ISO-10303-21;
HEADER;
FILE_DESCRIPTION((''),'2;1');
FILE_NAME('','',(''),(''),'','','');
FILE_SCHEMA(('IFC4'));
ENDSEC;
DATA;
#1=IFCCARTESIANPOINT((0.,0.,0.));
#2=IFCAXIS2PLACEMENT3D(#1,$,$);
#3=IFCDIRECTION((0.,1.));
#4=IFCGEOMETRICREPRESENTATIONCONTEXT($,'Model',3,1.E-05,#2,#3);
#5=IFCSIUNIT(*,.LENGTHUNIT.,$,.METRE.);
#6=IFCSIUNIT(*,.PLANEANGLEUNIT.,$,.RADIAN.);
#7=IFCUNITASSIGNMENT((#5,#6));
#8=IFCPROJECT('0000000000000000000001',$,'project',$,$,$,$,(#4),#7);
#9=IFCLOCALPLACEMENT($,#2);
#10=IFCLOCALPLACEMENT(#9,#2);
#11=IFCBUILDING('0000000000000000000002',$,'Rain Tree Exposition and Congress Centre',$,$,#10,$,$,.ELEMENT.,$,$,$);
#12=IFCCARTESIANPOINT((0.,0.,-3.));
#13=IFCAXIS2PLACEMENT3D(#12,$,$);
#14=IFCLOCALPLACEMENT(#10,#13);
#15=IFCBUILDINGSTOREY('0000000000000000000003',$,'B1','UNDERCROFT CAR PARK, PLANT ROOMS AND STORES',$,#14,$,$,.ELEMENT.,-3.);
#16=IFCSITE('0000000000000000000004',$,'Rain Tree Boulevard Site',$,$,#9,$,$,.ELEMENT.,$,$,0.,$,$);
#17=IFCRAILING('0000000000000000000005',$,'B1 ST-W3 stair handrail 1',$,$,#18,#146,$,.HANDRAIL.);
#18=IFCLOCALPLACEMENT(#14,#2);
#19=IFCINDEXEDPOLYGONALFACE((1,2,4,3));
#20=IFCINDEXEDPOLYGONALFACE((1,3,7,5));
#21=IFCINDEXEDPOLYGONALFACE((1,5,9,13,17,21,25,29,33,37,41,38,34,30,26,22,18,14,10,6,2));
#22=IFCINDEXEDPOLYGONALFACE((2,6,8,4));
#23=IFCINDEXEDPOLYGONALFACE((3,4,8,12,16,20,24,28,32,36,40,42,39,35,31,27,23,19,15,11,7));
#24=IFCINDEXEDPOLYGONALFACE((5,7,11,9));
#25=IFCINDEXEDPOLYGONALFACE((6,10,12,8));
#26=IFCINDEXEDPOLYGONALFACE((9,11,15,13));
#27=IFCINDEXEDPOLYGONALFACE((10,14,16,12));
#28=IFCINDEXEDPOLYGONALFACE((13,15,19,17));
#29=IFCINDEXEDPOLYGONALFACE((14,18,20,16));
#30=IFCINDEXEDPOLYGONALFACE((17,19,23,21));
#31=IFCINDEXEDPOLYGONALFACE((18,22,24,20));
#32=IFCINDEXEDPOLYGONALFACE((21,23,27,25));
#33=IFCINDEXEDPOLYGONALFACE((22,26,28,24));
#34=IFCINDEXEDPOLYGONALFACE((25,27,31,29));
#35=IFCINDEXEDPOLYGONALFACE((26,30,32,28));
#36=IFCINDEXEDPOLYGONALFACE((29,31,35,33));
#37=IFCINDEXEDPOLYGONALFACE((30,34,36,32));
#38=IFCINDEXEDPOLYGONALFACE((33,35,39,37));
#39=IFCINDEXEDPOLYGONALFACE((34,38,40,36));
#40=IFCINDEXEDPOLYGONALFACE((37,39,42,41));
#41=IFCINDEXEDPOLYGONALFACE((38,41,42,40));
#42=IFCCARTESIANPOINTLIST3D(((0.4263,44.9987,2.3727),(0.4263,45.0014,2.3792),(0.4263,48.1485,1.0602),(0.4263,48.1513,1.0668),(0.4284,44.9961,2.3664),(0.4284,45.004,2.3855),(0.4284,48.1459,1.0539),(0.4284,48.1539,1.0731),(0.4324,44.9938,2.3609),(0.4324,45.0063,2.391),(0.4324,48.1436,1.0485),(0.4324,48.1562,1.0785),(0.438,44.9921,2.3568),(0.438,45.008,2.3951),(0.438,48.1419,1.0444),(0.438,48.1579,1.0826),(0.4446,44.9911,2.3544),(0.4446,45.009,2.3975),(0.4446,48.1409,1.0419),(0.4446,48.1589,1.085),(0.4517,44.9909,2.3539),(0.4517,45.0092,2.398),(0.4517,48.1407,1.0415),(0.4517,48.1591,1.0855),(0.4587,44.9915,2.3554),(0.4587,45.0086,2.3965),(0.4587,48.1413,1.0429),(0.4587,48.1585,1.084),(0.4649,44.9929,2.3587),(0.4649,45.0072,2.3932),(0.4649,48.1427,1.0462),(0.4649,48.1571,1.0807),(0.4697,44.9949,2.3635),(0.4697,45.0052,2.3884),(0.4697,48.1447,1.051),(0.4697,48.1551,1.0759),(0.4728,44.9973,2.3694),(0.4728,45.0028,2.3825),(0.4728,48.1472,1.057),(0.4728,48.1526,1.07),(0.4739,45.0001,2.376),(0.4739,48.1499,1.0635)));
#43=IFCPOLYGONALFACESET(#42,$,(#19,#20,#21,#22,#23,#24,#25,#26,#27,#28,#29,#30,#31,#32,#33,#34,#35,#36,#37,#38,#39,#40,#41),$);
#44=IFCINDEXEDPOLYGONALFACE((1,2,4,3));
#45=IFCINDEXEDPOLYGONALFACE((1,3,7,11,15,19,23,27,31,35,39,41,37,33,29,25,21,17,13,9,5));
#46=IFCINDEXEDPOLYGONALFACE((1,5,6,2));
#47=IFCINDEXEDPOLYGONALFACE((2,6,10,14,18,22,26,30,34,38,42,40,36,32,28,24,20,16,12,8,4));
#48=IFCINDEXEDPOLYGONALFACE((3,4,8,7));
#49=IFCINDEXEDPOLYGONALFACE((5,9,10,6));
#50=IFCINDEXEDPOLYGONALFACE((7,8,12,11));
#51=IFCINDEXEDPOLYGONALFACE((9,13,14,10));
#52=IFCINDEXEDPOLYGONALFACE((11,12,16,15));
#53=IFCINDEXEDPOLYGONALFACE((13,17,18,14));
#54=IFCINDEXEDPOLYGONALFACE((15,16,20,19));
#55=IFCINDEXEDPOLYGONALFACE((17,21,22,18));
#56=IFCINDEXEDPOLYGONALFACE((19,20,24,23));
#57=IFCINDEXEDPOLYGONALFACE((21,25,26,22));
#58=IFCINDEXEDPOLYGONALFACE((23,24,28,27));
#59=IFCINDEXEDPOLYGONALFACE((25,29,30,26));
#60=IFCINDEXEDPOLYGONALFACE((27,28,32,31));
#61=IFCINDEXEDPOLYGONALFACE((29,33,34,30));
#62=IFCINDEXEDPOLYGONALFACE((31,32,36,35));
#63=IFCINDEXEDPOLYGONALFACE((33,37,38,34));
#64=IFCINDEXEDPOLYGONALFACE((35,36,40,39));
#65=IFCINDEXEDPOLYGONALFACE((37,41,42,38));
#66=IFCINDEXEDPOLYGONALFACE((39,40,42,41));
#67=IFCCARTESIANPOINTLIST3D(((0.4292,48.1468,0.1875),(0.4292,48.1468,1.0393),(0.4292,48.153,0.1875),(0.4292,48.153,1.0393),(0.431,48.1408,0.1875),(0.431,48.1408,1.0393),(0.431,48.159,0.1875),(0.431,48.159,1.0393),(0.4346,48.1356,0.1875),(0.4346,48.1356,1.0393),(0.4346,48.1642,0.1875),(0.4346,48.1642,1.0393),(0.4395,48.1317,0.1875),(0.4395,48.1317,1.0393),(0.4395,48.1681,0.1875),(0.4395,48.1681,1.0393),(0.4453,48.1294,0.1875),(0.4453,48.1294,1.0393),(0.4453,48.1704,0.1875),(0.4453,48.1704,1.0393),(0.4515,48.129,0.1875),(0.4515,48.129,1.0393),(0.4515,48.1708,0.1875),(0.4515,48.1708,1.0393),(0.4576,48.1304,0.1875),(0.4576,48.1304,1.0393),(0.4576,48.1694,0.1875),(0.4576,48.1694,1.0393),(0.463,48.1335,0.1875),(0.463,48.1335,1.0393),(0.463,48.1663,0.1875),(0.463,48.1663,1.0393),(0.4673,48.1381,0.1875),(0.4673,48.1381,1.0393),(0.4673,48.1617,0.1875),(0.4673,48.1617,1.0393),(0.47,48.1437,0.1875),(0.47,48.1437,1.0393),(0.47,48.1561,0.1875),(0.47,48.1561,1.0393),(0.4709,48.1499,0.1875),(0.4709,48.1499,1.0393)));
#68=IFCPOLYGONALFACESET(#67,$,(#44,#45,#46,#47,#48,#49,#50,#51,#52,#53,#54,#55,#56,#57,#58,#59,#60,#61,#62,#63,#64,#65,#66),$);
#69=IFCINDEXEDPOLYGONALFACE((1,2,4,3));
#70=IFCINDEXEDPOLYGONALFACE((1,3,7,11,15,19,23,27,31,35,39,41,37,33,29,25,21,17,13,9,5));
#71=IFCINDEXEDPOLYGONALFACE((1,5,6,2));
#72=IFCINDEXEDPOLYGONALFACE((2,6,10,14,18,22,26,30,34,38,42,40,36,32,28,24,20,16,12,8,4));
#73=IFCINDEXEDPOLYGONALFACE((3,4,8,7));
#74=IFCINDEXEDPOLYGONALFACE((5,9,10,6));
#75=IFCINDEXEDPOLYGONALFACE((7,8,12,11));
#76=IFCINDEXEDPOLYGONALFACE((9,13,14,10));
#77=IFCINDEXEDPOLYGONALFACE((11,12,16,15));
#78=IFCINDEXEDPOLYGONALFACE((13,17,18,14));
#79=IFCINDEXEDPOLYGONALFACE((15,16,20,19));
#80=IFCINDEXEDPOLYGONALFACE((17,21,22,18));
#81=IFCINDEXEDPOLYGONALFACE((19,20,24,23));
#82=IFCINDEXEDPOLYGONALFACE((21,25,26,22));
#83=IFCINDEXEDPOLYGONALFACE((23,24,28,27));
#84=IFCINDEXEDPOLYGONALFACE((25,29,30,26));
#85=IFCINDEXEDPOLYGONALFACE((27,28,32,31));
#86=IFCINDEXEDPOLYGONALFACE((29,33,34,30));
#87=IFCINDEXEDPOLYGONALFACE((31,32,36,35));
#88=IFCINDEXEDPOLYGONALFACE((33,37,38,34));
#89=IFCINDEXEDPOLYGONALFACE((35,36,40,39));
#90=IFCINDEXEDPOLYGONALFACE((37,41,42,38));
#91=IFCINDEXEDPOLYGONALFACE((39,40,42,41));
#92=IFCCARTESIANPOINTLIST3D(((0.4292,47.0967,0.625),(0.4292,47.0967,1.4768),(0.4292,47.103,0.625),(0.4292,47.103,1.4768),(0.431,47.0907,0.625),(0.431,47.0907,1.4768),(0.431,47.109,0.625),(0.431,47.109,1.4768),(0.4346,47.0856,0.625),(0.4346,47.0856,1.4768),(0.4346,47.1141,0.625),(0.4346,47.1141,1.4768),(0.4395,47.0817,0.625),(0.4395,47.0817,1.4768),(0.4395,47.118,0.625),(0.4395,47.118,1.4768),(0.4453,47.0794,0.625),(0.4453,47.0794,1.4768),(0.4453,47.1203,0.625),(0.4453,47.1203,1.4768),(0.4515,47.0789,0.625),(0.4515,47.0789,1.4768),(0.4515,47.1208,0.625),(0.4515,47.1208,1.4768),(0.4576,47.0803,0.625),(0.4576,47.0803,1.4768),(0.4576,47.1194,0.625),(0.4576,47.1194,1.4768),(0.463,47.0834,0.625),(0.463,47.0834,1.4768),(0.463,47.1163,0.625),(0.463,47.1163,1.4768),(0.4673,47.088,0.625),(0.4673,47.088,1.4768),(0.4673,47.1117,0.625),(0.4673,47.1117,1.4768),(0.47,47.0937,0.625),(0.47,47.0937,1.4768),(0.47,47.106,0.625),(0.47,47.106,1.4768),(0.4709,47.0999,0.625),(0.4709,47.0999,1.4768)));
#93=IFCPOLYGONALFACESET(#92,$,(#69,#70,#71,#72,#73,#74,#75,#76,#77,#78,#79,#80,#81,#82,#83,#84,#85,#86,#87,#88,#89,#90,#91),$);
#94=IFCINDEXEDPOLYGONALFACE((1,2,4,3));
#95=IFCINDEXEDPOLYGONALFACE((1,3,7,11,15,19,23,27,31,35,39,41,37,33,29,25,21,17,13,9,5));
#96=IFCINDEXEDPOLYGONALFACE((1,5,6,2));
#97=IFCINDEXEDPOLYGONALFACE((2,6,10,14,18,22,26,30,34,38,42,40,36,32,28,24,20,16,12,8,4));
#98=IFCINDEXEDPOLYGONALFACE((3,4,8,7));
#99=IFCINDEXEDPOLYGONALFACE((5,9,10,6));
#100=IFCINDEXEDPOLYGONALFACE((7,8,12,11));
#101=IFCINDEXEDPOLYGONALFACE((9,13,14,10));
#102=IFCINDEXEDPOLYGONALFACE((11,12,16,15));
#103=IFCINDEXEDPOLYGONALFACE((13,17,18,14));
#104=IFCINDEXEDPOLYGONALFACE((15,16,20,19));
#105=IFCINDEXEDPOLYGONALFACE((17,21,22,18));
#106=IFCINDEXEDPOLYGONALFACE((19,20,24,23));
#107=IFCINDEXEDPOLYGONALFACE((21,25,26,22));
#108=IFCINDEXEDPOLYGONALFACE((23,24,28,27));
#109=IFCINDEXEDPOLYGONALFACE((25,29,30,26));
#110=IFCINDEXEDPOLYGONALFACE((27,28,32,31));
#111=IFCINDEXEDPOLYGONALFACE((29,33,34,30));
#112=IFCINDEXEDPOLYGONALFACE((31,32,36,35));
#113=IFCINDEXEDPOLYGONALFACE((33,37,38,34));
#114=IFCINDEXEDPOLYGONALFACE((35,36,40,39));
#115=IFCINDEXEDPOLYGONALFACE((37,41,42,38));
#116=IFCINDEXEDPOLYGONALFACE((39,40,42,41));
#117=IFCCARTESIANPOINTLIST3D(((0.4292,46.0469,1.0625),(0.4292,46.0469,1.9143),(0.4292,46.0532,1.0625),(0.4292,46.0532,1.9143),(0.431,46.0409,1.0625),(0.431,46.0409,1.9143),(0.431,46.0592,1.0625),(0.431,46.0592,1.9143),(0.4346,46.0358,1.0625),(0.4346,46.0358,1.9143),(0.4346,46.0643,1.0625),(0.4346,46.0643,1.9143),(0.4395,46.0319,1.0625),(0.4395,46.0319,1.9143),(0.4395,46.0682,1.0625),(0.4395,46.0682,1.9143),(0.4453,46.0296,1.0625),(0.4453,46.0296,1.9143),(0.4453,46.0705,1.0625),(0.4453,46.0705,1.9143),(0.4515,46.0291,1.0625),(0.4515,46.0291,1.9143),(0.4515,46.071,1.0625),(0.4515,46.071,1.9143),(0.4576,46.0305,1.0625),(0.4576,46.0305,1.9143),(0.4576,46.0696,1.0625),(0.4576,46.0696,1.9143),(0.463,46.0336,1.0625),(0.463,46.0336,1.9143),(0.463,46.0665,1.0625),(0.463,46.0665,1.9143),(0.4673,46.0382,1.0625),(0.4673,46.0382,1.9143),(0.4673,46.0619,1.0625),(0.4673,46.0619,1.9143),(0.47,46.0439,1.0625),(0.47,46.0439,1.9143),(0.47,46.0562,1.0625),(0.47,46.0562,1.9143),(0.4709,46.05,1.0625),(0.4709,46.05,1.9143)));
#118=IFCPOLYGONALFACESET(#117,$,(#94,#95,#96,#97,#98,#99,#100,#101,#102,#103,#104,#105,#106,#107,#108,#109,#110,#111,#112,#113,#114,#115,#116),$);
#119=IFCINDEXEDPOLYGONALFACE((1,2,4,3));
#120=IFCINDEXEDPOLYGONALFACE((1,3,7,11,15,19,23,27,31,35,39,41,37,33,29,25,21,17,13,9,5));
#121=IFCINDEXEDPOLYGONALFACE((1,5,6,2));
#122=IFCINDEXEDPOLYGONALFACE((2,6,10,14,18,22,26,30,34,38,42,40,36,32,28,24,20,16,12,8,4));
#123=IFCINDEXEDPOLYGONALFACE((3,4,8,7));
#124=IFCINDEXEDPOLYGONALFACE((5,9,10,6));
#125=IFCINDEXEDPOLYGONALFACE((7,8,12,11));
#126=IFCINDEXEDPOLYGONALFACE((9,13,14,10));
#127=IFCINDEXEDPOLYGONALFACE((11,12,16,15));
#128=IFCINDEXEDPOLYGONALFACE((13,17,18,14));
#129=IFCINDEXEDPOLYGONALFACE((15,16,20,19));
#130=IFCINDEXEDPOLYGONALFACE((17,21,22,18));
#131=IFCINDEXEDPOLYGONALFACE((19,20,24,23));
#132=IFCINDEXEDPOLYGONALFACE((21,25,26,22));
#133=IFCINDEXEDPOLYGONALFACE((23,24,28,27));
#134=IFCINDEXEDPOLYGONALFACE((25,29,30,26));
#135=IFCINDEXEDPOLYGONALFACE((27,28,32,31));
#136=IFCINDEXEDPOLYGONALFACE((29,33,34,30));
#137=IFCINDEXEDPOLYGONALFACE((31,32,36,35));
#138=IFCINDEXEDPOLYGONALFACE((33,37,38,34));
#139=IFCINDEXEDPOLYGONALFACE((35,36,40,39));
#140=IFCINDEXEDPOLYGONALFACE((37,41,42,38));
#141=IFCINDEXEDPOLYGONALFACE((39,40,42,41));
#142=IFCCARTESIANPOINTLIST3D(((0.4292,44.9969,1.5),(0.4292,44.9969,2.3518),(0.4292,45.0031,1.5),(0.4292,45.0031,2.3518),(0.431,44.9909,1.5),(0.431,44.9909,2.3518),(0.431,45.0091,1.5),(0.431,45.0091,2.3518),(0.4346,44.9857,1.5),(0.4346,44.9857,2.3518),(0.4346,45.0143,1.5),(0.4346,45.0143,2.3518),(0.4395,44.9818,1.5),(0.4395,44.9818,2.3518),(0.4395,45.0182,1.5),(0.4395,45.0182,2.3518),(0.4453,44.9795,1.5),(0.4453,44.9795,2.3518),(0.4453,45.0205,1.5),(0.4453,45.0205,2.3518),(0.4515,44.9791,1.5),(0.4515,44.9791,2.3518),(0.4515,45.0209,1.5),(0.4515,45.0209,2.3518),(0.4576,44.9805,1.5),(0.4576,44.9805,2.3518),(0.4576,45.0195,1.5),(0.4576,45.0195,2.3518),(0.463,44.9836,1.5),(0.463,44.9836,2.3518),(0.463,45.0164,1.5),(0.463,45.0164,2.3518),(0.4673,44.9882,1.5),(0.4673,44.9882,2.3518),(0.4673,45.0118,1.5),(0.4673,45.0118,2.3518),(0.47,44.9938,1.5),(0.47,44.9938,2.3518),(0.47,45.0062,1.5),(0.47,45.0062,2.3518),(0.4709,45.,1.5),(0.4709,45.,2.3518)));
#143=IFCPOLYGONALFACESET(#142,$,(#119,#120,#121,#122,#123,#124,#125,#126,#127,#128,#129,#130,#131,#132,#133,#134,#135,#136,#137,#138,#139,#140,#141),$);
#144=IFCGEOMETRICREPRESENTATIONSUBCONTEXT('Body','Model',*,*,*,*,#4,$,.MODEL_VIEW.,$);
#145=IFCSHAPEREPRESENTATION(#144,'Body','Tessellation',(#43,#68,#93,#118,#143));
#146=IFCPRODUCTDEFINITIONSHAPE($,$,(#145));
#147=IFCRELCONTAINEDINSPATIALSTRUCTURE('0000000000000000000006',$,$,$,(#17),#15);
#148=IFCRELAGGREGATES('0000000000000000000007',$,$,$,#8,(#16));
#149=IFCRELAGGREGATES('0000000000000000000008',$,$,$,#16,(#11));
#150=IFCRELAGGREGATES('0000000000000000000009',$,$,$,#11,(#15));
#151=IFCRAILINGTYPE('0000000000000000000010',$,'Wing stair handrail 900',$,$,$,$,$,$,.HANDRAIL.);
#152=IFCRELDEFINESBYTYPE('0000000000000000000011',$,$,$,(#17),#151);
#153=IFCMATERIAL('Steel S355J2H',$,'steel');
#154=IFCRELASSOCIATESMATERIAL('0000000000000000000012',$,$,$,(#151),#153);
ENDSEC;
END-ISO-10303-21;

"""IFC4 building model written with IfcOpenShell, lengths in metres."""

from ifc_helpers import new_model, si_unit, direction, frame, origin, origin_2d, place, context, subcontext, project, spatial, circle, extrude, material, type_object, element, save


model = new_model("IFC4")

# Units and contexts
model_context = context("Model", 3, precision=1e-05, world=origin(), true_north=direction((0.0, 1.0)))
body_context = subcontext(model_context, "Body", "Model", "MODEL_VIEW")
ifc_project = project(units=[si_unit("LENGTHUNIT", "METRE"), si_unit("PLANEANGLEUNIT", "RADIAN")], contexts=[model_context])

# Site, building, storey
site_placement = place(None, origin())
site = spatial("IfcSite", under=ifc_project, at=site_placement, Name="Rain Tree Boulevard Site", CompositionType="ELEMENT", RefElevation=0.0)
building_placement = place(site_placement, origin())
building = spatial("IfcBuilding", under=site, at=building_placement, Name="Rain Tree Exposition and Congress Centre", CompositionType="ELEMENT")
storey_placement = place(building_placement, frame((0.0, 0.0, -3.0)))
storey = spatial("IfcBuildingStorey", under=building, at=storey_placement, Name="B1", Description="UNDERCROFT CAR PARK, PLANT ROOMS AND STORES", CompositionType="ELEMENT", Elevation=-3.0)

# Railing
ifc_material_1 = material(Name="Steel S355J2H", Category="steel")
railing_type_1 = type_object("IfcRailingType", Name="Wing stair handrail 900", PredefinedType="HANDRAIL", material=ifc_material_1)
railing_1_placement = place(storey_placement, frame((0.45, 48.1499, 0.1875)))
element("IfcRailing", 1, at=railing_1_placement, inside=storey, type_object=railing_type_1, Name="B1 ST-W3 stair handrail 1", PredefinedType="HANDRAIL", context=body_context, shape_type="SweptSolid", body=[
    extrude(circle(Radius=0.0239, at=origin_2d()), frame((0.0, 0.0, 0.876), z_axis=(0.0, -0.923073, 0.384626), x_axis=(1.0, 0.0, 0.0)), (0.0, 0.0, 1.0), 3.4124),
    extrude(circle(Radius=0.021, at=origin_2d()), origin(), (0.0, 0.0, 1.0), 0.8518),
    extrude(circle(Radius=0.021, at=origin_2d()), frame((0.0, -1.05, 0.4375)), (0.0, 0.0, 1.0), 0.8518),
    extrude(circle(Radius=0.021, at=origin_2d()), frame((0.0, -2.0999, 0.875)), (0.0, 0.0, 1.0), 0.8518),
    extrude(circle(Radius=0.021, at=origin_2d()), frame((0.0, -3.1499, 1.3125)), (0.0, 0.0, 1.0), 0.8518),
])

save(model, "model.ifc")
